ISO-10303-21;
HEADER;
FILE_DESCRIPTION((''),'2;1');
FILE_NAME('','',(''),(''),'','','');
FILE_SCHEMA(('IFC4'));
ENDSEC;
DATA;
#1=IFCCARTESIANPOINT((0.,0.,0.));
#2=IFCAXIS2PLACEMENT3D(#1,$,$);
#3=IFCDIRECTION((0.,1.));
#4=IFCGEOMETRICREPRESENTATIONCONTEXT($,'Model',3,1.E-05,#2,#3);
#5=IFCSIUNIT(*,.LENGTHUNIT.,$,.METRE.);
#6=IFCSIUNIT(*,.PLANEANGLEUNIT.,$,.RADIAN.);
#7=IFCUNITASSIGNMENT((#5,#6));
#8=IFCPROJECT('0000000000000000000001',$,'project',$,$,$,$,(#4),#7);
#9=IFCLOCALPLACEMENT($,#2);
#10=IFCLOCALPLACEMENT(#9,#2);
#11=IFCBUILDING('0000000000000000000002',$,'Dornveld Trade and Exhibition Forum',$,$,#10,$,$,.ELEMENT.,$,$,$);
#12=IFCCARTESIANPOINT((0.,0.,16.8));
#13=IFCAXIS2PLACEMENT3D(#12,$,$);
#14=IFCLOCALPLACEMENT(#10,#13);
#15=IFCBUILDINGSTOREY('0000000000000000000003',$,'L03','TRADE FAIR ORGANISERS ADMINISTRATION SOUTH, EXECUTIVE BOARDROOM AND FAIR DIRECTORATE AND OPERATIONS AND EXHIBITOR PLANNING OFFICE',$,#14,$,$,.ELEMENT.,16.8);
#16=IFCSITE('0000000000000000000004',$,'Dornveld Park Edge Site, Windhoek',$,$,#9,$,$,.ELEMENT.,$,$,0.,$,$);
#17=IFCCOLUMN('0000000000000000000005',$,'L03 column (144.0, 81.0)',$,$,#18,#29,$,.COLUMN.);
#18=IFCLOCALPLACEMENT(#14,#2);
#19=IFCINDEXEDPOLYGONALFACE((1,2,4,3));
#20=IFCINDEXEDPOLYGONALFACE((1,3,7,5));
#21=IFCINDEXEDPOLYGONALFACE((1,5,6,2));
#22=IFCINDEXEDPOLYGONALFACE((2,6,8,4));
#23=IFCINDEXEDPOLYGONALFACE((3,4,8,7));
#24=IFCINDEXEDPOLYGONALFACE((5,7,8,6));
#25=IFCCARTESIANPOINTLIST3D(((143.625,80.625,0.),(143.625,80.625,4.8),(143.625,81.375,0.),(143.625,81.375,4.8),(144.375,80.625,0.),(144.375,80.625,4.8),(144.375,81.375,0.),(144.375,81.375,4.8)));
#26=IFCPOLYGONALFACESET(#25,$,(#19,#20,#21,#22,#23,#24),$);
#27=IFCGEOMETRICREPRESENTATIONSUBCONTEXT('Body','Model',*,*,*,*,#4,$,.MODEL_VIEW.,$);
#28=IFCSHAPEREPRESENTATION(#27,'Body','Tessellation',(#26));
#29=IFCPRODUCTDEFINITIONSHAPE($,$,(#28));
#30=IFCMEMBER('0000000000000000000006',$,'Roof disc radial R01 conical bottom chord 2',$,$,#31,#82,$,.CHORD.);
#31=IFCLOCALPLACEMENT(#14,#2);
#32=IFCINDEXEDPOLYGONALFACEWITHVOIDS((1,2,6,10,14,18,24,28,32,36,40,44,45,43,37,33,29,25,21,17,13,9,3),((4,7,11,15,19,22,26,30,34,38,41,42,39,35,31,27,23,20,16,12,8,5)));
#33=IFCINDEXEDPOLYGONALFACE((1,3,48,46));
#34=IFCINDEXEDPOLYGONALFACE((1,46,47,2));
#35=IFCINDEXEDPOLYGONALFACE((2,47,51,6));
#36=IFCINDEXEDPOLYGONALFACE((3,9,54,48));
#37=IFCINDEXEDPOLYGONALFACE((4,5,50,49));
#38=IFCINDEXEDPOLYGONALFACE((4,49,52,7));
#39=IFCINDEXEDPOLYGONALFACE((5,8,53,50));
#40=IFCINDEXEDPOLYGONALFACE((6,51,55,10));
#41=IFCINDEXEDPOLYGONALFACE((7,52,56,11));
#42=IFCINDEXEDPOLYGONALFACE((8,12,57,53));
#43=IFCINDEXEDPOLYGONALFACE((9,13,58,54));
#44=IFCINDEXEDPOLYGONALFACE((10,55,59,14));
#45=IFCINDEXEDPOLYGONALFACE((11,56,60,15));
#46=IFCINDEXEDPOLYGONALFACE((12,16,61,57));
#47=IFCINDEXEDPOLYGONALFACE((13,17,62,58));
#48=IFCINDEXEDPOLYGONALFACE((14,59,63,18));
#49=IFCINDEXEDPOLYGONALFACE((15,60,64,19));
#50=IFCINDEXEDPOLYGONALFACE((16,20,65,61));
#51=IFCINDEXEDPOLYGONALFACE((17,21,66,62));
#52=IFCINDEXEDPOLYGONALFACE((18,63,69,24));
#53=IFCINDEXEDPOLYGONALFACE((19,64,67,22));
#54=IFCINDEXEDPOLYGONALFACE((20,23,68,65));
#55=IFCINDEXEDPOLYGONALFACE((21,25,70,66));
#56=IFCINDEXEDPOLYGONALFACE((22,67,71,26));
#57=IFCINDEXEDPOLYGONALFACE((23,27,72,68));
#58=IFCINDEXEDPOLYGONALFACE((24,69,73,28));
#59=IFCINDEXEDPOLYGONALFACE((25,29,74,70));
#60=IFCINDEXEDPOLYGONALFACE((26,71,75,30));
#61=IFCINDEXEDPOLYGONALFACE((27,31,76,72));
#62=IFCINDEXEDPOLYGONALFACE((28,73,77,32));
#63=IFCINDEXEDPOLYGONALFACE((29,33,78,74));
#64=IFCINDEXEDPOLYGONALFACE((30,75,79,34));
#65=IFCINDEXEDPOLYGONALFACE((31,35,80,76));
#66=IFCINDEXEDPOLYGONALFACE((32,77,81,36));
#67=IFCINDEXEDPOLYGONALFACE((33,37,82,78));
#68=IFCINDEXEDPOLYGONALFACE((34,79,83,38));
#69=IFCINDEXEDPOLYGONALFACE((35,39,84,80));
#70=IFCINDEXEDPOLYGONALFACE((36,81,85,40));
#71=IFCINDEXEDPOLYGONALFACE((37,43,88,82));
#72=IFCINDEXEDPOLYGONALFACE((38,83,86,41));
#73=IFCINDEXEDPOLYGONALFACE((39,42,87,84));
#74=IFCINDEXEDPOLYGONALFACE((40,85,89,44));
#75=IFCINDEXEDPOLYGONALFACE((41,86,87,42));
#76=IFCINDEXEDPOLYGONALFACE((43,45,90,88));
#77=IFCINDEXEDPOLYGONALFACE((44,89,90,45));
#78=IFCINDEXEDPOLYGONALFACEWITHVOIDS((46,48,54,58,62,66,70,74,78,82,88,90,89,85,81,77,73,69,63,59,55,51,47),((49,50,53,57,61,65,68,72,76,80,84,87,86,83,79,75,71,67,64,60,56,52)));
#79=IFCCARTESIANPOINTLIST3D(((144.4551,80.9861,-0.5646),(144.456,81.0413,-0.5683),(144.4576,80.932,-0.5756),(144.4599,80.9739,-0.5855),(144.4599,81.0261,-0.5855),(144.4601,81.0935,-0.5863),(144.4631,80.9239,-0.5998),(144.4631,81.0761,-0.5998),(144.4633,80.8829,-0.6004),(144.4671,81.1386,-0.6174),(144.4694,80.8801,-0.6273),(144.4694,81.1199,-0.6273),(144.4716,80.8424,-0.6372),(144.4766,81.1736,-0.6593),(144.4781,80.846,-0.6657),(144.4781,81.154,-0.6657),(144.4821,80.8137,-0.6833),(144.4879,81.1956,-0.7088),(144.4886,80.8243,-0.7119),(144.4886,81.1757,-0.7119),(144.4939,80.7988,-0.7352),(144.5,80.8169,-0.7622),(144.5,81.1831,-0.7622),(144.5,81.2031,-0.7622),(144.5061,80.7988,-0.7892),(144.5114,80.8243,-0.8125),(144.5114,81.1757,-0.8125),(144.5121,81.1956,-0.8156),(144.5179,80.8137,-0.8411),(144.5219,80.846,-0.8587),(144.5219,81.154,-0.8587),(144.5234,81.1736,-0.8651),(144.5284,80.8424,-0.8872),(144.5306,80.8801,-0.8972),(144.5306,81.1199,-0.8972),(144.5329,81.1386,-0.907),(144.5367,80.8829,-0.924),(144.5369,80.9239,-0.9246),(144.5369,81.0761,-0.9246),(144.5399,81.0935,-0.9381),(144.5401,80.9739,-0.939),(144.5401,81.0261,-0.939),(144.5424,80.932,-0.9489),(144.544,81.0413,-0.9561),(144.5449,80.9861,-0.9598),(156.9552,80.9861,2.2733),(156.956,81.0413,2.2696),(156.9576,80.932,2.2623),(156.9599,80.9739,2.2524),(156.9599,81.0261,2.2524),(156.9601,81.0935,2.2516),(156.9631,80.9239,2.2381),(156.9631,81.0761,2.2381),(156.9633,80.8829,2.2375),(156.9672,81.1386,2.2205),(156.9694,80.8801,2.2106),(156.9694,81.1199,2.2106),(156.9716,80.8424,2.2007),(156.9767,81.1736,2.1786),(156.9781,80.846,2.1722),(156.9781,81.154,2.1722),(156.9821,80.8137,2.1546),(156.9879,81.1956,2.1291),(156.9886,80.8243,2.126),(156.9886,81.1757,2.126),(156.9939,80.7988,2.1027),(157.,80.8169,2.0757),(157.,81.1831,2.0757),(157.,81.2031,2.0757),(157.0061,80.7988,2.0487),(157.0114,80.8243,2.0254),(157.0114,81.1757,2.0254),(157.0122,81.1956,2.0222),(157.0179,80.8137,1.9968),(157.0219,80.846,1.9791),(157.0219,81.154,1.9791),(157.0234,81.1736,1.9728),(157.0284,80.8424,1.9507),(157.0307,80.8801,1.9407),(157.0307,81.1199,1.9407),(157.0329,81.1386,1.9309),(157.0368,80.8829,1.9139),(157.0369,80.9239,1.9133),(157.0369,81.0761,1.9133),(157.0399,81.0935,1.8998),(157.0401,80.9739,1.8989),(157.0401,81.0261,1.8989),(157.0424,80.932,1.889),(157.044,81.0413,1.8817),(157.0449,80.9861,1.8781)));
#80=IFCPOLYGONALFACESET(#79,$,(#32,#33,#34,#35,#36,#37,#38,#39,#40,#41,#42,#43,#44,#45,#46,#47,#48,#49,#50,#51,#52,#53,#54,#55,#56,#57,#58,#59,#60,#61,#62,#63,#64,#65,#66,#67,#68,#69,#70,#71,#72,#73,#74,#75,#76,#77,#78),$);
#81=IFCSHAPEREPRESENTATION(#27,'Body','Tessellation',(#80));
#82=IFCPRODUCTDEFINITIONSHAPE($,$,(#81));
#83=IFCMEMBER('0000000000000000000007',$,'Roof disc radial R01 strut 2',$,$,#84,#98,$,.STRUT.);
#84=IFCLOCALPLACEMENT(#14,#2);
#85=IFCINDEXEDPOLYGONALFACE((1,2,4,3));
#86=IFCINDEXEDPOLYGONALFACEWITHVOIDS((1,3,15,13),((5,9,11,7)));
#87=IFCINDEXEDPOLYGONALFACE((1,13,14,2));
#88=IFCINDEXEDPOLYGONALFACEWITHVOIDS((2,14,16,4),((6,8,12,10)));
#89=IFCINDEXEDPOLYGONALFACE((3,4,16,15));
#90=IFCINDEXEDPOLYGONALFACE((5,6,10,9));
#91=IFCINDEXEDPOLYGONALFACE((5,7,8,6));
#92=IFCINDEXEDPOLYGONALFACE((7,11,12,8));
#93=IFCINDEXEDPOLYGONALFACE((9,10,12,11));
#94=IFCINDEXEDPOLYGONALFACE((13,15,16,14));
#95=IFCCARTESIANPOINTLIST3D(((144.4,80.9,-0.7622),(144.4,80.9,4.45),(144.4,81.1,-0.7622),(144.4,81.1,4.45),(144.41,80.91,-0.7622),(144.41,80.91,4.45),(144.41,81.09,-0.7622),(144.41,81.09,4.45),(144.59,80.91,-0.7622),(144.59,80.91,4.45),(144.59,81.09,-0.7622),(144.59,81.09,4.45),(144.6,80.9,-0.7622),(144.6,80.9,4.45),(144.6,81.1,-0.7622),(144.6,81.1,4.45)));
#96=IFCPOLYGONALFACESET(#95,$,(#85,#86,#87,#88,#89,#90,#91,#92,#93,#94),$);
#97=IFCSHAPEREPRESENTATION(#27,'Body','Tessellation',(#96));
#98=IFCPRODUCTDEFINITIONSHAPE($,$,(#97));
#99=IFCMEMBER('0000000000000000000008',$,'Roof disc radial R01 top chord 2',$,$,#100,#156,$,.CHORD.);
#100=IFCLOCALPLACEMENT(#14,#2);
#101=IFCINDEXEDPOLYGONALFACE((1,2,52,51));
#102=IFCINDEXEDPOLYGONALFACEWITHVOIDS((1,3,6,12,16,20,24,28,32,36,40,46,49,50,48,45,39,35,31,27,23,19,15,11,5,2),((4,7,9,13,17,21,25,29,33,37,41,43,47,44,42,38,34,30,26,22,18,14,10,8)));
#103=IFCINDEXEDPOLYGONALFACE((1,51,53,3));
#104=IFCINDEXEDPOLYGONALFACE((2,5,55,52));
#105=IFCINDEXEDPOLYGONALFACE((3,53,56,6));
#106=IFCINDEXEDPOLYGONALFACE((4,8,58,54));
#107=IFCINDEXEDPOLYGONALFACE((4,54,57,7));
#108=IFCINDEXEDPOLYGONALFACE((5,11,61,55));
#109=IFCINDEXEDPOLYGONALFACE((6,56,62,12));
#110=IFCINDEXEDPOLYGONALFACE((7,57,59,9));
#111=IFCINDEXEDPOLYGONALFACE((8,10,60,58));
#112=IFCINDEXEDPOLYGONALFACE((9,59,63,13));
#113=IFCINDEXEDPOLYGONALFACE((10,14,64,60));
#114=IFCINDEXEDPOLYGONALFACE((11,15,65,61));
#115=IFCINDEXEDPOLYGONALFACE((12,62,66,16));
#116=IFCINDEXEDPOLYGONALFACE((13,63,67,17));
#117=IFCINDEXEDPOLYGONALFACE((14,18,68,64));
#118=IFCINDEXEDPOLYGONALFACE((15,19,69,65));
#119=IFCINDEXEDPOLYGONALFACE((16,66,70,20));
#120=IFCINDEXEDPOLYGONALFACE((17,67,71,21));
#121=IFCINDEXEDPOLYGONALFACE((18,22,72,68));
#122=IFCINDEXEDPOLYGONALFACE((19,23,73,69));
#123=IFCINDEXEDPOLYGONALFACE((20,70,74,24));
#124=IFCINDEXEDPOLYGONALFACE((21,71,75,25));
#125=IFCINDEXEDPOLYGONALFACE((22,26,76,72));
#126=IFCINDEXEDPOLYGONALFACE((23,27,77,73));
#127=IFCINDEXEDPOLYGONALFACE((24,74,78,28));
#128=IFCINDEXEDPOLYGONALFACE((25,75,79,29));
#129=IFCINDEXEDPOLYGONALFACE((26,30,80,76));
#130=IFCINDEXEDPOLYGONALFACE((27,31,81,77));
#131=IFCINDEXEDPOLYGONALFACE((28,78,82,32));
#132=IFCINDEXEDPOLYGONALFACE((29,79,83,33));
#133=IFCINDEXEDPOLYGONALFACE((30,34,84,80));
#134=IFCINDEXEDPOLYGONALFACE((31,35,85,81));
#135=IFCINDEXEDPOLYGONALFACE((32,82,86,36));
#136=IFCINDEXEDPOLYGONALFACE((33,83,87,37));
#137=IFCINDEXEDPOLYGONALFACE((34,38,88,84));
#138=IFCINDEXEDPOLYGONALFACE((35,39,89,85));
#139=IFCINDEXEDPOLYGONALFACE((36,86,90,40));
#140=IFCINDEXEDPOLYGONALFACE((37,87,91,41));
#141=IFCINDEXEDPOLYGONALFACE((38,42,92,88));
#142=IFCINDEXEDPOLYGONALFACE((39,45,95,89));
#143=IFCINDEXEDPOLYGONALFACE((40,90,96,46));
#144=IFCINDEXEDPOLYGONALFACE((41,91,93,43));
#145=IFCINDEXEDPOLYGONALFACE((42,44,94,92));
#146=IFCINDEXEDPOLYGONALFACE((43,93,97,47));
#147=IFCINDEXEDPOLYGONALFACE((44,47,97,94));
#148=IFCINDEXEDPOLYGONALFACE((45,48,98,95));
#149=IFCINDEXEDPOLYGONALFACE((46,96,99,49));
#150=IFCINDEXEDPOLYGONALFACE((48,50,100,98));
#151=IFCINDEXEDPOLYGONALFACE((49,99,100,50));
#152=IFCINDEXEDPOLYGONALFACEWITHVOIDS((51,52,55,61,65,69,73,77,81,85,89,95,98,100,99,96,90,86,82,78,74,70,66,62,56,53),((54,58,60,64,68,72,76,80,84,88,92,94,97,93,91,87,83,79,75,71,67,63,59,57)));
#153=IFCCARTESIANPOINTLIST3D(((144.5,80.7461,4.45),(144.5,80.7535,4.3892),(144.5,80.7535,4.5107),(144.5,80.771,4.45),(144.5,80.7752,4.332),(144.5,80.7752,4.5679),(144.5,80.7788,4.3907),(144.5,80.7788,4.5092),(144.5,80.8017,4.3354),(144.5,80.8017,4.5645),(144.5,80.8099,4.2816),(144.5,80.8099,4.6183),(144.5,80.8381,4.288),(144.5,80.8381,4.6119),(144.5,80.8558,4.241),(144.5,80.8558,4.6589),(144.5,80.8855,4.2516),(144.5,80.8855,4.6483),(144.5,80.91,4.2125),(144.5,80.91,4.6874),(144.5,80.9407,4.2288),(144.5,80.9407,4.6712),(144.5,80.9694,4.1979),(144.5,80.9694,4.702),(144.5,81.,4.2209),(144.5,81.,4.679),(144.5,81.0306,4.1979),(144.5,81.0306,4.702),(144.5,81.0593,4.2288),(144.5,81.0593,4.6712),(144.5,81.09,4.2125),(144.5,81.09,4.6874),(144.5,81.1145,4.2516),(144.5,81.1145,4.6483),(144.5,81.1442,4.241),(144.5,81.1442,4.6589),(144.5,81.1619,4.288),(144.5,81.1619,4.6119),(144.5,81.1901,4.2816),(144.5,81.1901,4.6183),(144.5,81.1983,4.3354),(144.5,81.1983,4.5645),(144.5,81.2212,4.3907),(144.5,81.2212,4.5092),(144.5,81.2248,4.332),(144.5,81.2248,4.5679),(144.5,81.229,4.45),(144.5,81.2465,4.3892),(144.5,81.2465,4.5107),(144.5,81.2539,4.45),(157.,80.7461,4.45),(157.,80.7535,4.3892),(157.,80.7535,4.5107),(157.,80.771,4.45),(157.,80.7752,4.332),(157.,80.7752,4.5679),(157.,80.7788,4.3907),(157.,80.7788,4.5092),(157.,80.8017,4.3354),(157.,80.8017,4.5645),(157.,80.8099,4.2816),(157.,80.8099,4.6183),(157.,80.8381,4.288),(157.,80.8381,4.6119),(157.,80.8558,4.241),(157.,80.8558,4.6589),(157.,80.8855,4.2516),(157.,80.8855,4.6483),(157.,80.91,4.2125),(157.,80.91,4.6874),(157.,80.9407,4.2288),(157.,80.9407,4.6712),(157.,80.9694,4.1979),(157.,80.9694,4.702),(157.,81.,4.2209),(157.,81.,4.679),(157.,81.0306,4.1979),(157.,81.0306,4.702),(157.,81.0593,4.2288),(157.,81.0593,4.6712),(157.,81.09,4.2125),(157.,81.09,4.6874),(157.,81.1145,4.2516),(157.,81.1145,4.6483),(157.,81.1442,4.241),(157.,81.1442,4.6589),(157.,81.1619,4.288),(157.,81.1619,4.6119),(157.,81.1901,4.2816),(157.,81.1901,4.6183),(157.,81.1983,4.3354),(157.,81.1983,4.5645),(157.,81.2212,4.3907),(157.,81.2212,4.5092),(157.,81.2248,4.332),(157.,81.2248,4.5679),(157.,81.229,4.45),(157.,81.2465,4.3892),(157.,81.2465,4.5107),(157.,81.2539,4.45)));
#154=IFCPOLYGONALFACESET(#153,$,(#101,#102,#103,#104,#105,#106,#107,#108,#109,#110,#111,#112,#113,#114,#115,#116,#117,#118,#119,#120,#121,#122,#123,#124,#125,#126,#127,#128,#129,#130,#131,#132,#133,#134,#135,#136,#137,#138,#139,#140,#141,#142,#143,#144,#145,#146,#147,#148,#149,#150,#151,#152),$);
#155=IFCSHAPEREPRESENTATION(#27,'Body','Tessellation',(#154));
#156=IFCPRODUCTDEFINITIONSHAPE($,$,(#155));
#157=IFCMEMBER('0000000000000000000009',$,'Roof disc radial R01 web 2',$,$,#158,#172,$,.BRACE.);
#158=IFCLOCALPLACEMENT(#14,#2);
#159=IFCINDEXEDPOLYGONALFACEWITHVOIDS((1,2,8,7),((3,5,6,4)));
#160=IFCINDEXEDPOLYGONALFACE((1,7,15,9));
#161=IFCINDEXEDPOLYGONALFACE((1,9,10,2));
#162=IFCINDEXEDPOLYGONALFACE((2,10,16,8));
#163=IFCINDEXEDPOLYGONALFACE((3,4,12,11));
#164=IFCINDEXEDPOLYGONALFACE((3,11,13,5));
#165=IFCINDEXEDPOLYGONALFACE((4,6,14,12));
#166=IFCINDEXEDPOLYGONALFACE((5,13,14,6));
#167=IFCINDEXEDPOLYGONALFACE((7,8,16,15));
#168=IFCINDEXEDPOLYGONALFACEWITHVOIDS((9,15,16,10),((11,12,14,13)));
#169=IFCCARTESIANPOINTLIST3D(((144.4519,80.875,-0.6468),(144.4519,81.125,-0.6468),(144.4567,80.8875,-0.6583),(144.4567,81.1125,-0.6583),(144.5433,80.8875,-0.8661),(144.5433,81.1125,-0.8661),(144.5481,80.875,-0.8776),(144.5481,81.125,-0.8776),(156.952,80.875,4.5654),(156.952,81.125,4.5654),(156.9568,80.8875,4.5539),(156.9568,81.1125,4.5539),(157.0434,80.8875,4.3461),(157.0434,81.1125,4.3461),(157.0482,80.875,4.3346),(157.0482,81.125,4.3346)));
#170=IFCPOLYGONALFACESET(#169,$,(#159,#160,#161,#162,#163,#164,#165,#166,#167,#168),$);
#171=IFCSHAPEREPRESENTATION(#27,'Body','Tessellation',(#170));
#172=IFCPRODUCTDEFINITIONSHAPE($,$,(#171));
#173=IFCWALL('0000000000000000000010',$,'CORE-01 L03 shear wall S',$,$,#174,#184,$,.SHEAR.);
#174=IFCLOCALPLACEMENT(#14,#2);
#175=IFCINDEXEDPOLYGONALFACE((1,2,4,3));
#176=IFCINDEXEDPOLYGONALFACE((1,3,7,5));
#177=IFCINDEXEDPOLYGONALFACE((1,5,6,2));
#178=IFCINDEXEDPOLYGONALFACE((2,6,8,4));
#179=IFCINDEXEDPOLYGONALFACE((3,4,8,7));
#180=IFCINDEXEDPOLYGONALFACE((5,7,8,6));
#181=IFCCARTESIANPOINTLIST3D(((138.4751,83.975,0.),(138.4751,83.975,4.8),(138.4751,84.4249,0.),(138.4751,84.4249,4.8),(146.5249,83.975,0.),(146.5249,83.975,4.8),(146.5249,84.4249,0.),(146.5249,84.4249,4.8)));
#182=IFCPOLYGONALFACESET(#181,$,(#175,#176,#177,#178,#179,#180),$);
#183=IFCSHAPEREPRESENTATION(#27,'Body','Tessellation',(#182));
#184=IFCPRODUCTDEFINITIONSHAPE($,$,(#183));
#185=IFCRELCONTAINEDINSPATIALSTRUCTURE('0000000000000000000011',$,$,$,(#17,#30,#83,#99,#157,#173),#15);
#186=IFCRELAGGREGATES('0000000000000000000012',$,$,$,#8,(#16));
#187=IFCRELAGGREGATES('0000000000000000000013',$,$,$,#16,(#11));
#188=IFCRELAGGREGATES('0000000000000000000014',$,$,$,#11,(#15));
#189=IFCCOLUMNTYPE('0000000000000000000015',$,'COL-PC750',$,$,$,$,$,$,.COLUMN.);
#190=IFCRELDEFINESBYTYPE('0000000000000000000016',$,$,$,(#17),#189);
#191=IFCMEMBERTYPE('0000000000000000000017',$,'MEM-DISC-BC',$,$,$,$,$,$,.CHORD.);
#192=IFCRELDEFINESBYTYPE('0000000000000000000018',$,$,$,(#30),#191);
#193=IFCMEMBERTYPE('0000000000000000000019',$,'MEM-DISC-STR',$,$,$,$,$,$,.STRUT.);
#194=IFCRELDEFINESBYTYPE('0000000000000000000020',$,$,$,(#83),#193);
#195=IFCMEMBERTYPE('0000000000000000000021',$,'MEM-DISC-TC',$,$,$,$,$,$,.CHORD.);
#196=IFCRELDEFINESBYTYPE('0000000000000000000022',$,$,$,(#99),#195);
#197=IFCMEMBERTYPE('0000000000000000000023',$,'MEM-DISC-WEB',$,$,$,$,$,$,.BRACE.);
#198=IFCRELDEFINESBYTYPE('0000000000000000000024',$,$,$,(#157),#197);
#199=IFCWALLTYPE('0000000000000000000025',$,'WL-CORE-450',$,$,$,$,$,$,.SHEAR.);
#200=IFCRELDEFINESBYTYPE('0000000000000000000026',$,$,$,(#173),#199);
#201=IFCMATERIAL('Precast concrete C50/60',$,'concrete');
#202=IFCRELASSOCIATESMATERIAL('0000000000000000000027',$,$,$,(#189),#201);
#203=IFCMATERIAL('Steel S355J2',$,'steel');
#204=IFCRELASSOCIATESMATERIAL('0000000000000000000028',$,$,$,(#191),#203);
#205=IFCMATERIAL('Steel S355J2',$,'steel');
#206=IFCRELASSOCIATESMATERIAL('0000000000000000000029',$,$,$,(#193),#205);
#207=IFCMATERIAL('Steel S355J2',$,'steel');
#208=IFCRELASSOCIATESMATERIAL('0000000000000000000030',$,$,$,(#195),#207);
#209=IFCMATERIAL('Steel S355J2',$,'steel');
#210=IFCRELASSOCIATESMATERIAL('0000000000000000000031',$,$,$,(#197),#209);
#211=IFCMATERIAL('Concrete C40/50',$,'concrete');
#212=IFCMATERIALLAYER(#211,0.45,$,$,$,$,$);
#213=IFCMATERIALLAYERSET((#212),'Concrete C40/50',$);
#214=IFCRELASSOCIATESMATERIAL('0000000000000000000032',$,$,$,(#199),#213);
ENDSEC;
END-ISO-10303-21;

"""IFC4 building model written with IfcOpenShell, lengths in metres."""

from ifc_helpers import new_model, si_unit, direction, frame, frame_2d, origin, origin_2d, place, context, subcontext, project, spatial, rectangle, hollow_rectangle, hollow_circle, extrude, material, layer, layer_set, material_profile, profile_set, type_object, element, save


model = new_model("IFC4")

# Units and contexts
model_context = context("Model", 3, precision=1e-05, world=origin(), true_north=direction((0.0, 1.0)))
body_context = subcontext(model_context, "Body", "Model", "MODEL_VIEW")
ifc_project = project(units=[si_unit("LENGTHUNIT", "METRE"), si_unit("PLANEANGLEUNIT", "RADIAN")], contexts=[model_context])

# Site, building, storey
site_placement = place(None, origin())
site = spatial("IfcSite", under=ifc_project, at=site_placement, Name="Dornveld Park Edge Site, Windhoek", CompositionType="ELEMENT", RefElevation=0.0)
building_placement = place(site_placement, origin())
building = spatial("IfcBuilding", under=site, at=building_placement, Name="Dornveld Trade and Exhibition Forum", CompositionType="ELEMENT")
storey_placement = place(building_placement, frame((0.0, 0.0, 16.8)))
storey = spatial("IfcBuildingStorey", under=building, at=storey_placement, Name="L03", Description="TRADE FAIR ORGANISERS ADMINISTRATION SOUTH, EXECUTIVE BOARDROOM AND FAIR DIRECTORATE AND OPERATIONS AND EXHIBITOR PLANNING OFFICE", CompositionType="ELEMENT", Elevation=16.8)

# Column
ifc_material_1 = material(Name="Precast concrete C50/60", Category="concrete")
ifc_material_profile_1 = material_profile(ifc_material_1, rectangle(XDim=0.75, YDim=0.75, at=origin_2d()), Name="PC-COL 750x750")
ifc_profile_set_1 = profile_set([ifc_material_profile_1], Name="Precast concrete C50/60")
column_type = type_object("IfcColumnType", Name="COL-PC750", PredefinedType="COLUMN", material=ifc_profile_set_1)
column_placement = place(storey_placement, frame((144.0, 81.0, 0.0), z_axis=(0.0, 0.0, 1.0), x_axis=(1.0, 0.0, 0.0)))
element("IfcColumn", 1, at=column_placement, inside=storey, type_object=column_type, Name="L03 column (144.0, 81.0)", PredefinedType="COLUMN", context=body_context, shape_type="SweptSolid", body=[
    extrude(rectangle(XDim=0.75, YDim=0.75, at=origin_2d()), origin(), (0.0, 0.0, 1.0), 4.8),
])

# Members
ifc_material_2 = material(Name="Steel S355J2", Category="steel")
ifc_material_profile_2 = material_profile(ifc_material_2, hollow_circle(Radius=0.2031, WallThickness=0.02, at=origin_2d()), Name="CHS 406.4x20")
ifc_profile_set_2 = profile_set([ifc_material_profile_2], Name="Steel S355J2")
member_type_1 = type_object("IfcMemberType", Name="MEM-DISC-BC", PredefinedType="CHORD", material=ifc_profile_set_2)
member_1_placement = place(storey_placement, frame((144.5, 81.0, -0.7622), z_axis=(0.975184, 0.0, 0.221397), x_axis=(0.0, 1.0, 0.0)))
element("IfcMember", 2, at=member_1_placement, inside=storey, type_object=member_type_1, Name="Roof disc radial R01 conical bottom chord 2", PredefinedType="CHORD", context=body_context, shape_type="SweptSolid", body=[
    extrude(hollow_circle(Radius=0.2031, WallThickness=0.02, at=origin_2d()), origin(), (0.0, 0.0, 1.0), 12.8181),
])
ifc_material_3 = material(Name="Steel S355J2", Category="steel")
ifc_material_profile_3 = material_profile(ifc_material_3, hollow_rectangle(XDim=0.2, YDim=0.2, WallThickness=0.01, at=origin_2d()), Name="SHS 200x200x10")
ifc_profile_set_3 = profile_set([ifc_material_profile_3], Name="Steel S355J2")
member_type_2 = type_object("IfcMemberType", Name="MEM-DISC-STR", PredefinedType="STRUT", material=ifc_profile_set_3)
member_2_placement = place(storey_placement, frame((144.5, 81.0, -0.7622), z_axis=(0.0, 0.0, 1.0), x_axis=(1.0, 0.0, 0.0)))
element("IfcMember", 3, at=member_2_placement, inside=storey, type_object=member_type_2, Name="Roof disc radial R01 strut 2", PredefinedType="STRUT", context=body_context, shape_type="SweptSolid", body=[
    extrude(hollow_rectangle(XDim=0.2, YDim=0.2, WallThickness=0.01, at=origin_2d()), origin(), (0.0, 0.0, 1.0), 5.2122),
])
ifc_material_4 = material(Name="Steel S355J2", Category="steel")
ifc_material_profile_4 = material_profile(ifc_material_4, hollow_circle(Radius=0.2539, WallThickness=0.0249, at=origin_2d()), Name="CHS 508x25")
ifc_profile_set_4 = profile_set([ifc_material_profile_4], Name="Steel S355J2")
member_type_3 = type_object("IfcMemberType", Name="MEM-DISC-TC", PredefinedType="CHORD", material=ifc_profile_set_4)
member_3_placement = place(storey_placement, frame((144.5, 81.0, 4.45), z_axis=(1.0, 0.0, 0.0), x_axis=(0.0, 1.0, 0.0)))
element("IfcMember", 4, at=member_3_placement, inside=storey, type_object=member_type_3, Name="Roof disc radial R01 top chord 2", PredefinedType="CHORD", context=body_context, shape_type="SweptSolid", body=[
    extrude(hollow_circle(Radius=0.2539, WallThickness=0.0249, at=origin_2d()), origin(), (0.0, 0.0, 1.0), 12.5),
])
ifc_material_5 = material(Name="Steel S355J2", Category="steel")
ifc_material_profile_5 = material_profile(ifc_material_5, hollow_rectangle(XDim=0.25, YDim=0.25, WallThickness=0.0125, at=origin_2d()), Name="SHS 250x250x12.5")
ifc_profile_set_5 = profile_set([ifc_material_profile_5], Name="Steel S355J2")
member_type_4 = type_object("IfcMemberType", Name="MEM-DISC-WEB", PredefinedType="BRACE", material=ifc_profile_set_5)
member_4_placement = place(storey_placement, frame((144.5, 81.0, -0.7622), z_axis=(0.922977, 0.0, 0.384856), x_axis=(0.0, 1.0, 0.0)))
element("IfcMember", 5, at=member_4_placement, inside=storey, type_object=member_type_4, Name="Roof disc radial R01 web 2", PredefinedType="BRACE", context=body_context, shape_type="SweptSolid", body=[
    extrude(hollow_rectangle(XDim=0.25, YDim=0.25, WallThickness=0.0125, at=origin_2d()), origin(), (0.0, 0.0, 1.0), 13.5432),
])

# Wall
ifc_material_6 = material(Name="Concrete C40/50", Category="concrete")
ifc_layer_1 = layer(ifc_material_6, 0.45)
ifc_layer_set_1 = layer_set([ifc_layer_1], Name="Concrete C40/50")
wall_type_1 = type_object("IfcWallType", Name="WL-CORE-450", PredefinedType="SHEAR", material=ifc_layer_set_1)
wall_1_placement = place(storey_placement, frame((138.4751, 84.2, 0.0), z_axis=(0.0, 0.0, 1.0), x_axis=(1.0, 0.0, 0.0)))
element("IfcWall", 6, at=wall_1_placement, inside=storey, type_object=wall_type_1, Name="CORE-01 L03 shear wall S", PredefinedType="SHEAR", context=body_context, shape_type="SweptSolid", body=[
    extrude(rectangle(XDim=8.0498, YDim=0.45, at=frame_2d((4.0249, 0.0))), origin(), (0.0, 0.0, 1.0), 4.8),
])

save(model, "model.ifc")
